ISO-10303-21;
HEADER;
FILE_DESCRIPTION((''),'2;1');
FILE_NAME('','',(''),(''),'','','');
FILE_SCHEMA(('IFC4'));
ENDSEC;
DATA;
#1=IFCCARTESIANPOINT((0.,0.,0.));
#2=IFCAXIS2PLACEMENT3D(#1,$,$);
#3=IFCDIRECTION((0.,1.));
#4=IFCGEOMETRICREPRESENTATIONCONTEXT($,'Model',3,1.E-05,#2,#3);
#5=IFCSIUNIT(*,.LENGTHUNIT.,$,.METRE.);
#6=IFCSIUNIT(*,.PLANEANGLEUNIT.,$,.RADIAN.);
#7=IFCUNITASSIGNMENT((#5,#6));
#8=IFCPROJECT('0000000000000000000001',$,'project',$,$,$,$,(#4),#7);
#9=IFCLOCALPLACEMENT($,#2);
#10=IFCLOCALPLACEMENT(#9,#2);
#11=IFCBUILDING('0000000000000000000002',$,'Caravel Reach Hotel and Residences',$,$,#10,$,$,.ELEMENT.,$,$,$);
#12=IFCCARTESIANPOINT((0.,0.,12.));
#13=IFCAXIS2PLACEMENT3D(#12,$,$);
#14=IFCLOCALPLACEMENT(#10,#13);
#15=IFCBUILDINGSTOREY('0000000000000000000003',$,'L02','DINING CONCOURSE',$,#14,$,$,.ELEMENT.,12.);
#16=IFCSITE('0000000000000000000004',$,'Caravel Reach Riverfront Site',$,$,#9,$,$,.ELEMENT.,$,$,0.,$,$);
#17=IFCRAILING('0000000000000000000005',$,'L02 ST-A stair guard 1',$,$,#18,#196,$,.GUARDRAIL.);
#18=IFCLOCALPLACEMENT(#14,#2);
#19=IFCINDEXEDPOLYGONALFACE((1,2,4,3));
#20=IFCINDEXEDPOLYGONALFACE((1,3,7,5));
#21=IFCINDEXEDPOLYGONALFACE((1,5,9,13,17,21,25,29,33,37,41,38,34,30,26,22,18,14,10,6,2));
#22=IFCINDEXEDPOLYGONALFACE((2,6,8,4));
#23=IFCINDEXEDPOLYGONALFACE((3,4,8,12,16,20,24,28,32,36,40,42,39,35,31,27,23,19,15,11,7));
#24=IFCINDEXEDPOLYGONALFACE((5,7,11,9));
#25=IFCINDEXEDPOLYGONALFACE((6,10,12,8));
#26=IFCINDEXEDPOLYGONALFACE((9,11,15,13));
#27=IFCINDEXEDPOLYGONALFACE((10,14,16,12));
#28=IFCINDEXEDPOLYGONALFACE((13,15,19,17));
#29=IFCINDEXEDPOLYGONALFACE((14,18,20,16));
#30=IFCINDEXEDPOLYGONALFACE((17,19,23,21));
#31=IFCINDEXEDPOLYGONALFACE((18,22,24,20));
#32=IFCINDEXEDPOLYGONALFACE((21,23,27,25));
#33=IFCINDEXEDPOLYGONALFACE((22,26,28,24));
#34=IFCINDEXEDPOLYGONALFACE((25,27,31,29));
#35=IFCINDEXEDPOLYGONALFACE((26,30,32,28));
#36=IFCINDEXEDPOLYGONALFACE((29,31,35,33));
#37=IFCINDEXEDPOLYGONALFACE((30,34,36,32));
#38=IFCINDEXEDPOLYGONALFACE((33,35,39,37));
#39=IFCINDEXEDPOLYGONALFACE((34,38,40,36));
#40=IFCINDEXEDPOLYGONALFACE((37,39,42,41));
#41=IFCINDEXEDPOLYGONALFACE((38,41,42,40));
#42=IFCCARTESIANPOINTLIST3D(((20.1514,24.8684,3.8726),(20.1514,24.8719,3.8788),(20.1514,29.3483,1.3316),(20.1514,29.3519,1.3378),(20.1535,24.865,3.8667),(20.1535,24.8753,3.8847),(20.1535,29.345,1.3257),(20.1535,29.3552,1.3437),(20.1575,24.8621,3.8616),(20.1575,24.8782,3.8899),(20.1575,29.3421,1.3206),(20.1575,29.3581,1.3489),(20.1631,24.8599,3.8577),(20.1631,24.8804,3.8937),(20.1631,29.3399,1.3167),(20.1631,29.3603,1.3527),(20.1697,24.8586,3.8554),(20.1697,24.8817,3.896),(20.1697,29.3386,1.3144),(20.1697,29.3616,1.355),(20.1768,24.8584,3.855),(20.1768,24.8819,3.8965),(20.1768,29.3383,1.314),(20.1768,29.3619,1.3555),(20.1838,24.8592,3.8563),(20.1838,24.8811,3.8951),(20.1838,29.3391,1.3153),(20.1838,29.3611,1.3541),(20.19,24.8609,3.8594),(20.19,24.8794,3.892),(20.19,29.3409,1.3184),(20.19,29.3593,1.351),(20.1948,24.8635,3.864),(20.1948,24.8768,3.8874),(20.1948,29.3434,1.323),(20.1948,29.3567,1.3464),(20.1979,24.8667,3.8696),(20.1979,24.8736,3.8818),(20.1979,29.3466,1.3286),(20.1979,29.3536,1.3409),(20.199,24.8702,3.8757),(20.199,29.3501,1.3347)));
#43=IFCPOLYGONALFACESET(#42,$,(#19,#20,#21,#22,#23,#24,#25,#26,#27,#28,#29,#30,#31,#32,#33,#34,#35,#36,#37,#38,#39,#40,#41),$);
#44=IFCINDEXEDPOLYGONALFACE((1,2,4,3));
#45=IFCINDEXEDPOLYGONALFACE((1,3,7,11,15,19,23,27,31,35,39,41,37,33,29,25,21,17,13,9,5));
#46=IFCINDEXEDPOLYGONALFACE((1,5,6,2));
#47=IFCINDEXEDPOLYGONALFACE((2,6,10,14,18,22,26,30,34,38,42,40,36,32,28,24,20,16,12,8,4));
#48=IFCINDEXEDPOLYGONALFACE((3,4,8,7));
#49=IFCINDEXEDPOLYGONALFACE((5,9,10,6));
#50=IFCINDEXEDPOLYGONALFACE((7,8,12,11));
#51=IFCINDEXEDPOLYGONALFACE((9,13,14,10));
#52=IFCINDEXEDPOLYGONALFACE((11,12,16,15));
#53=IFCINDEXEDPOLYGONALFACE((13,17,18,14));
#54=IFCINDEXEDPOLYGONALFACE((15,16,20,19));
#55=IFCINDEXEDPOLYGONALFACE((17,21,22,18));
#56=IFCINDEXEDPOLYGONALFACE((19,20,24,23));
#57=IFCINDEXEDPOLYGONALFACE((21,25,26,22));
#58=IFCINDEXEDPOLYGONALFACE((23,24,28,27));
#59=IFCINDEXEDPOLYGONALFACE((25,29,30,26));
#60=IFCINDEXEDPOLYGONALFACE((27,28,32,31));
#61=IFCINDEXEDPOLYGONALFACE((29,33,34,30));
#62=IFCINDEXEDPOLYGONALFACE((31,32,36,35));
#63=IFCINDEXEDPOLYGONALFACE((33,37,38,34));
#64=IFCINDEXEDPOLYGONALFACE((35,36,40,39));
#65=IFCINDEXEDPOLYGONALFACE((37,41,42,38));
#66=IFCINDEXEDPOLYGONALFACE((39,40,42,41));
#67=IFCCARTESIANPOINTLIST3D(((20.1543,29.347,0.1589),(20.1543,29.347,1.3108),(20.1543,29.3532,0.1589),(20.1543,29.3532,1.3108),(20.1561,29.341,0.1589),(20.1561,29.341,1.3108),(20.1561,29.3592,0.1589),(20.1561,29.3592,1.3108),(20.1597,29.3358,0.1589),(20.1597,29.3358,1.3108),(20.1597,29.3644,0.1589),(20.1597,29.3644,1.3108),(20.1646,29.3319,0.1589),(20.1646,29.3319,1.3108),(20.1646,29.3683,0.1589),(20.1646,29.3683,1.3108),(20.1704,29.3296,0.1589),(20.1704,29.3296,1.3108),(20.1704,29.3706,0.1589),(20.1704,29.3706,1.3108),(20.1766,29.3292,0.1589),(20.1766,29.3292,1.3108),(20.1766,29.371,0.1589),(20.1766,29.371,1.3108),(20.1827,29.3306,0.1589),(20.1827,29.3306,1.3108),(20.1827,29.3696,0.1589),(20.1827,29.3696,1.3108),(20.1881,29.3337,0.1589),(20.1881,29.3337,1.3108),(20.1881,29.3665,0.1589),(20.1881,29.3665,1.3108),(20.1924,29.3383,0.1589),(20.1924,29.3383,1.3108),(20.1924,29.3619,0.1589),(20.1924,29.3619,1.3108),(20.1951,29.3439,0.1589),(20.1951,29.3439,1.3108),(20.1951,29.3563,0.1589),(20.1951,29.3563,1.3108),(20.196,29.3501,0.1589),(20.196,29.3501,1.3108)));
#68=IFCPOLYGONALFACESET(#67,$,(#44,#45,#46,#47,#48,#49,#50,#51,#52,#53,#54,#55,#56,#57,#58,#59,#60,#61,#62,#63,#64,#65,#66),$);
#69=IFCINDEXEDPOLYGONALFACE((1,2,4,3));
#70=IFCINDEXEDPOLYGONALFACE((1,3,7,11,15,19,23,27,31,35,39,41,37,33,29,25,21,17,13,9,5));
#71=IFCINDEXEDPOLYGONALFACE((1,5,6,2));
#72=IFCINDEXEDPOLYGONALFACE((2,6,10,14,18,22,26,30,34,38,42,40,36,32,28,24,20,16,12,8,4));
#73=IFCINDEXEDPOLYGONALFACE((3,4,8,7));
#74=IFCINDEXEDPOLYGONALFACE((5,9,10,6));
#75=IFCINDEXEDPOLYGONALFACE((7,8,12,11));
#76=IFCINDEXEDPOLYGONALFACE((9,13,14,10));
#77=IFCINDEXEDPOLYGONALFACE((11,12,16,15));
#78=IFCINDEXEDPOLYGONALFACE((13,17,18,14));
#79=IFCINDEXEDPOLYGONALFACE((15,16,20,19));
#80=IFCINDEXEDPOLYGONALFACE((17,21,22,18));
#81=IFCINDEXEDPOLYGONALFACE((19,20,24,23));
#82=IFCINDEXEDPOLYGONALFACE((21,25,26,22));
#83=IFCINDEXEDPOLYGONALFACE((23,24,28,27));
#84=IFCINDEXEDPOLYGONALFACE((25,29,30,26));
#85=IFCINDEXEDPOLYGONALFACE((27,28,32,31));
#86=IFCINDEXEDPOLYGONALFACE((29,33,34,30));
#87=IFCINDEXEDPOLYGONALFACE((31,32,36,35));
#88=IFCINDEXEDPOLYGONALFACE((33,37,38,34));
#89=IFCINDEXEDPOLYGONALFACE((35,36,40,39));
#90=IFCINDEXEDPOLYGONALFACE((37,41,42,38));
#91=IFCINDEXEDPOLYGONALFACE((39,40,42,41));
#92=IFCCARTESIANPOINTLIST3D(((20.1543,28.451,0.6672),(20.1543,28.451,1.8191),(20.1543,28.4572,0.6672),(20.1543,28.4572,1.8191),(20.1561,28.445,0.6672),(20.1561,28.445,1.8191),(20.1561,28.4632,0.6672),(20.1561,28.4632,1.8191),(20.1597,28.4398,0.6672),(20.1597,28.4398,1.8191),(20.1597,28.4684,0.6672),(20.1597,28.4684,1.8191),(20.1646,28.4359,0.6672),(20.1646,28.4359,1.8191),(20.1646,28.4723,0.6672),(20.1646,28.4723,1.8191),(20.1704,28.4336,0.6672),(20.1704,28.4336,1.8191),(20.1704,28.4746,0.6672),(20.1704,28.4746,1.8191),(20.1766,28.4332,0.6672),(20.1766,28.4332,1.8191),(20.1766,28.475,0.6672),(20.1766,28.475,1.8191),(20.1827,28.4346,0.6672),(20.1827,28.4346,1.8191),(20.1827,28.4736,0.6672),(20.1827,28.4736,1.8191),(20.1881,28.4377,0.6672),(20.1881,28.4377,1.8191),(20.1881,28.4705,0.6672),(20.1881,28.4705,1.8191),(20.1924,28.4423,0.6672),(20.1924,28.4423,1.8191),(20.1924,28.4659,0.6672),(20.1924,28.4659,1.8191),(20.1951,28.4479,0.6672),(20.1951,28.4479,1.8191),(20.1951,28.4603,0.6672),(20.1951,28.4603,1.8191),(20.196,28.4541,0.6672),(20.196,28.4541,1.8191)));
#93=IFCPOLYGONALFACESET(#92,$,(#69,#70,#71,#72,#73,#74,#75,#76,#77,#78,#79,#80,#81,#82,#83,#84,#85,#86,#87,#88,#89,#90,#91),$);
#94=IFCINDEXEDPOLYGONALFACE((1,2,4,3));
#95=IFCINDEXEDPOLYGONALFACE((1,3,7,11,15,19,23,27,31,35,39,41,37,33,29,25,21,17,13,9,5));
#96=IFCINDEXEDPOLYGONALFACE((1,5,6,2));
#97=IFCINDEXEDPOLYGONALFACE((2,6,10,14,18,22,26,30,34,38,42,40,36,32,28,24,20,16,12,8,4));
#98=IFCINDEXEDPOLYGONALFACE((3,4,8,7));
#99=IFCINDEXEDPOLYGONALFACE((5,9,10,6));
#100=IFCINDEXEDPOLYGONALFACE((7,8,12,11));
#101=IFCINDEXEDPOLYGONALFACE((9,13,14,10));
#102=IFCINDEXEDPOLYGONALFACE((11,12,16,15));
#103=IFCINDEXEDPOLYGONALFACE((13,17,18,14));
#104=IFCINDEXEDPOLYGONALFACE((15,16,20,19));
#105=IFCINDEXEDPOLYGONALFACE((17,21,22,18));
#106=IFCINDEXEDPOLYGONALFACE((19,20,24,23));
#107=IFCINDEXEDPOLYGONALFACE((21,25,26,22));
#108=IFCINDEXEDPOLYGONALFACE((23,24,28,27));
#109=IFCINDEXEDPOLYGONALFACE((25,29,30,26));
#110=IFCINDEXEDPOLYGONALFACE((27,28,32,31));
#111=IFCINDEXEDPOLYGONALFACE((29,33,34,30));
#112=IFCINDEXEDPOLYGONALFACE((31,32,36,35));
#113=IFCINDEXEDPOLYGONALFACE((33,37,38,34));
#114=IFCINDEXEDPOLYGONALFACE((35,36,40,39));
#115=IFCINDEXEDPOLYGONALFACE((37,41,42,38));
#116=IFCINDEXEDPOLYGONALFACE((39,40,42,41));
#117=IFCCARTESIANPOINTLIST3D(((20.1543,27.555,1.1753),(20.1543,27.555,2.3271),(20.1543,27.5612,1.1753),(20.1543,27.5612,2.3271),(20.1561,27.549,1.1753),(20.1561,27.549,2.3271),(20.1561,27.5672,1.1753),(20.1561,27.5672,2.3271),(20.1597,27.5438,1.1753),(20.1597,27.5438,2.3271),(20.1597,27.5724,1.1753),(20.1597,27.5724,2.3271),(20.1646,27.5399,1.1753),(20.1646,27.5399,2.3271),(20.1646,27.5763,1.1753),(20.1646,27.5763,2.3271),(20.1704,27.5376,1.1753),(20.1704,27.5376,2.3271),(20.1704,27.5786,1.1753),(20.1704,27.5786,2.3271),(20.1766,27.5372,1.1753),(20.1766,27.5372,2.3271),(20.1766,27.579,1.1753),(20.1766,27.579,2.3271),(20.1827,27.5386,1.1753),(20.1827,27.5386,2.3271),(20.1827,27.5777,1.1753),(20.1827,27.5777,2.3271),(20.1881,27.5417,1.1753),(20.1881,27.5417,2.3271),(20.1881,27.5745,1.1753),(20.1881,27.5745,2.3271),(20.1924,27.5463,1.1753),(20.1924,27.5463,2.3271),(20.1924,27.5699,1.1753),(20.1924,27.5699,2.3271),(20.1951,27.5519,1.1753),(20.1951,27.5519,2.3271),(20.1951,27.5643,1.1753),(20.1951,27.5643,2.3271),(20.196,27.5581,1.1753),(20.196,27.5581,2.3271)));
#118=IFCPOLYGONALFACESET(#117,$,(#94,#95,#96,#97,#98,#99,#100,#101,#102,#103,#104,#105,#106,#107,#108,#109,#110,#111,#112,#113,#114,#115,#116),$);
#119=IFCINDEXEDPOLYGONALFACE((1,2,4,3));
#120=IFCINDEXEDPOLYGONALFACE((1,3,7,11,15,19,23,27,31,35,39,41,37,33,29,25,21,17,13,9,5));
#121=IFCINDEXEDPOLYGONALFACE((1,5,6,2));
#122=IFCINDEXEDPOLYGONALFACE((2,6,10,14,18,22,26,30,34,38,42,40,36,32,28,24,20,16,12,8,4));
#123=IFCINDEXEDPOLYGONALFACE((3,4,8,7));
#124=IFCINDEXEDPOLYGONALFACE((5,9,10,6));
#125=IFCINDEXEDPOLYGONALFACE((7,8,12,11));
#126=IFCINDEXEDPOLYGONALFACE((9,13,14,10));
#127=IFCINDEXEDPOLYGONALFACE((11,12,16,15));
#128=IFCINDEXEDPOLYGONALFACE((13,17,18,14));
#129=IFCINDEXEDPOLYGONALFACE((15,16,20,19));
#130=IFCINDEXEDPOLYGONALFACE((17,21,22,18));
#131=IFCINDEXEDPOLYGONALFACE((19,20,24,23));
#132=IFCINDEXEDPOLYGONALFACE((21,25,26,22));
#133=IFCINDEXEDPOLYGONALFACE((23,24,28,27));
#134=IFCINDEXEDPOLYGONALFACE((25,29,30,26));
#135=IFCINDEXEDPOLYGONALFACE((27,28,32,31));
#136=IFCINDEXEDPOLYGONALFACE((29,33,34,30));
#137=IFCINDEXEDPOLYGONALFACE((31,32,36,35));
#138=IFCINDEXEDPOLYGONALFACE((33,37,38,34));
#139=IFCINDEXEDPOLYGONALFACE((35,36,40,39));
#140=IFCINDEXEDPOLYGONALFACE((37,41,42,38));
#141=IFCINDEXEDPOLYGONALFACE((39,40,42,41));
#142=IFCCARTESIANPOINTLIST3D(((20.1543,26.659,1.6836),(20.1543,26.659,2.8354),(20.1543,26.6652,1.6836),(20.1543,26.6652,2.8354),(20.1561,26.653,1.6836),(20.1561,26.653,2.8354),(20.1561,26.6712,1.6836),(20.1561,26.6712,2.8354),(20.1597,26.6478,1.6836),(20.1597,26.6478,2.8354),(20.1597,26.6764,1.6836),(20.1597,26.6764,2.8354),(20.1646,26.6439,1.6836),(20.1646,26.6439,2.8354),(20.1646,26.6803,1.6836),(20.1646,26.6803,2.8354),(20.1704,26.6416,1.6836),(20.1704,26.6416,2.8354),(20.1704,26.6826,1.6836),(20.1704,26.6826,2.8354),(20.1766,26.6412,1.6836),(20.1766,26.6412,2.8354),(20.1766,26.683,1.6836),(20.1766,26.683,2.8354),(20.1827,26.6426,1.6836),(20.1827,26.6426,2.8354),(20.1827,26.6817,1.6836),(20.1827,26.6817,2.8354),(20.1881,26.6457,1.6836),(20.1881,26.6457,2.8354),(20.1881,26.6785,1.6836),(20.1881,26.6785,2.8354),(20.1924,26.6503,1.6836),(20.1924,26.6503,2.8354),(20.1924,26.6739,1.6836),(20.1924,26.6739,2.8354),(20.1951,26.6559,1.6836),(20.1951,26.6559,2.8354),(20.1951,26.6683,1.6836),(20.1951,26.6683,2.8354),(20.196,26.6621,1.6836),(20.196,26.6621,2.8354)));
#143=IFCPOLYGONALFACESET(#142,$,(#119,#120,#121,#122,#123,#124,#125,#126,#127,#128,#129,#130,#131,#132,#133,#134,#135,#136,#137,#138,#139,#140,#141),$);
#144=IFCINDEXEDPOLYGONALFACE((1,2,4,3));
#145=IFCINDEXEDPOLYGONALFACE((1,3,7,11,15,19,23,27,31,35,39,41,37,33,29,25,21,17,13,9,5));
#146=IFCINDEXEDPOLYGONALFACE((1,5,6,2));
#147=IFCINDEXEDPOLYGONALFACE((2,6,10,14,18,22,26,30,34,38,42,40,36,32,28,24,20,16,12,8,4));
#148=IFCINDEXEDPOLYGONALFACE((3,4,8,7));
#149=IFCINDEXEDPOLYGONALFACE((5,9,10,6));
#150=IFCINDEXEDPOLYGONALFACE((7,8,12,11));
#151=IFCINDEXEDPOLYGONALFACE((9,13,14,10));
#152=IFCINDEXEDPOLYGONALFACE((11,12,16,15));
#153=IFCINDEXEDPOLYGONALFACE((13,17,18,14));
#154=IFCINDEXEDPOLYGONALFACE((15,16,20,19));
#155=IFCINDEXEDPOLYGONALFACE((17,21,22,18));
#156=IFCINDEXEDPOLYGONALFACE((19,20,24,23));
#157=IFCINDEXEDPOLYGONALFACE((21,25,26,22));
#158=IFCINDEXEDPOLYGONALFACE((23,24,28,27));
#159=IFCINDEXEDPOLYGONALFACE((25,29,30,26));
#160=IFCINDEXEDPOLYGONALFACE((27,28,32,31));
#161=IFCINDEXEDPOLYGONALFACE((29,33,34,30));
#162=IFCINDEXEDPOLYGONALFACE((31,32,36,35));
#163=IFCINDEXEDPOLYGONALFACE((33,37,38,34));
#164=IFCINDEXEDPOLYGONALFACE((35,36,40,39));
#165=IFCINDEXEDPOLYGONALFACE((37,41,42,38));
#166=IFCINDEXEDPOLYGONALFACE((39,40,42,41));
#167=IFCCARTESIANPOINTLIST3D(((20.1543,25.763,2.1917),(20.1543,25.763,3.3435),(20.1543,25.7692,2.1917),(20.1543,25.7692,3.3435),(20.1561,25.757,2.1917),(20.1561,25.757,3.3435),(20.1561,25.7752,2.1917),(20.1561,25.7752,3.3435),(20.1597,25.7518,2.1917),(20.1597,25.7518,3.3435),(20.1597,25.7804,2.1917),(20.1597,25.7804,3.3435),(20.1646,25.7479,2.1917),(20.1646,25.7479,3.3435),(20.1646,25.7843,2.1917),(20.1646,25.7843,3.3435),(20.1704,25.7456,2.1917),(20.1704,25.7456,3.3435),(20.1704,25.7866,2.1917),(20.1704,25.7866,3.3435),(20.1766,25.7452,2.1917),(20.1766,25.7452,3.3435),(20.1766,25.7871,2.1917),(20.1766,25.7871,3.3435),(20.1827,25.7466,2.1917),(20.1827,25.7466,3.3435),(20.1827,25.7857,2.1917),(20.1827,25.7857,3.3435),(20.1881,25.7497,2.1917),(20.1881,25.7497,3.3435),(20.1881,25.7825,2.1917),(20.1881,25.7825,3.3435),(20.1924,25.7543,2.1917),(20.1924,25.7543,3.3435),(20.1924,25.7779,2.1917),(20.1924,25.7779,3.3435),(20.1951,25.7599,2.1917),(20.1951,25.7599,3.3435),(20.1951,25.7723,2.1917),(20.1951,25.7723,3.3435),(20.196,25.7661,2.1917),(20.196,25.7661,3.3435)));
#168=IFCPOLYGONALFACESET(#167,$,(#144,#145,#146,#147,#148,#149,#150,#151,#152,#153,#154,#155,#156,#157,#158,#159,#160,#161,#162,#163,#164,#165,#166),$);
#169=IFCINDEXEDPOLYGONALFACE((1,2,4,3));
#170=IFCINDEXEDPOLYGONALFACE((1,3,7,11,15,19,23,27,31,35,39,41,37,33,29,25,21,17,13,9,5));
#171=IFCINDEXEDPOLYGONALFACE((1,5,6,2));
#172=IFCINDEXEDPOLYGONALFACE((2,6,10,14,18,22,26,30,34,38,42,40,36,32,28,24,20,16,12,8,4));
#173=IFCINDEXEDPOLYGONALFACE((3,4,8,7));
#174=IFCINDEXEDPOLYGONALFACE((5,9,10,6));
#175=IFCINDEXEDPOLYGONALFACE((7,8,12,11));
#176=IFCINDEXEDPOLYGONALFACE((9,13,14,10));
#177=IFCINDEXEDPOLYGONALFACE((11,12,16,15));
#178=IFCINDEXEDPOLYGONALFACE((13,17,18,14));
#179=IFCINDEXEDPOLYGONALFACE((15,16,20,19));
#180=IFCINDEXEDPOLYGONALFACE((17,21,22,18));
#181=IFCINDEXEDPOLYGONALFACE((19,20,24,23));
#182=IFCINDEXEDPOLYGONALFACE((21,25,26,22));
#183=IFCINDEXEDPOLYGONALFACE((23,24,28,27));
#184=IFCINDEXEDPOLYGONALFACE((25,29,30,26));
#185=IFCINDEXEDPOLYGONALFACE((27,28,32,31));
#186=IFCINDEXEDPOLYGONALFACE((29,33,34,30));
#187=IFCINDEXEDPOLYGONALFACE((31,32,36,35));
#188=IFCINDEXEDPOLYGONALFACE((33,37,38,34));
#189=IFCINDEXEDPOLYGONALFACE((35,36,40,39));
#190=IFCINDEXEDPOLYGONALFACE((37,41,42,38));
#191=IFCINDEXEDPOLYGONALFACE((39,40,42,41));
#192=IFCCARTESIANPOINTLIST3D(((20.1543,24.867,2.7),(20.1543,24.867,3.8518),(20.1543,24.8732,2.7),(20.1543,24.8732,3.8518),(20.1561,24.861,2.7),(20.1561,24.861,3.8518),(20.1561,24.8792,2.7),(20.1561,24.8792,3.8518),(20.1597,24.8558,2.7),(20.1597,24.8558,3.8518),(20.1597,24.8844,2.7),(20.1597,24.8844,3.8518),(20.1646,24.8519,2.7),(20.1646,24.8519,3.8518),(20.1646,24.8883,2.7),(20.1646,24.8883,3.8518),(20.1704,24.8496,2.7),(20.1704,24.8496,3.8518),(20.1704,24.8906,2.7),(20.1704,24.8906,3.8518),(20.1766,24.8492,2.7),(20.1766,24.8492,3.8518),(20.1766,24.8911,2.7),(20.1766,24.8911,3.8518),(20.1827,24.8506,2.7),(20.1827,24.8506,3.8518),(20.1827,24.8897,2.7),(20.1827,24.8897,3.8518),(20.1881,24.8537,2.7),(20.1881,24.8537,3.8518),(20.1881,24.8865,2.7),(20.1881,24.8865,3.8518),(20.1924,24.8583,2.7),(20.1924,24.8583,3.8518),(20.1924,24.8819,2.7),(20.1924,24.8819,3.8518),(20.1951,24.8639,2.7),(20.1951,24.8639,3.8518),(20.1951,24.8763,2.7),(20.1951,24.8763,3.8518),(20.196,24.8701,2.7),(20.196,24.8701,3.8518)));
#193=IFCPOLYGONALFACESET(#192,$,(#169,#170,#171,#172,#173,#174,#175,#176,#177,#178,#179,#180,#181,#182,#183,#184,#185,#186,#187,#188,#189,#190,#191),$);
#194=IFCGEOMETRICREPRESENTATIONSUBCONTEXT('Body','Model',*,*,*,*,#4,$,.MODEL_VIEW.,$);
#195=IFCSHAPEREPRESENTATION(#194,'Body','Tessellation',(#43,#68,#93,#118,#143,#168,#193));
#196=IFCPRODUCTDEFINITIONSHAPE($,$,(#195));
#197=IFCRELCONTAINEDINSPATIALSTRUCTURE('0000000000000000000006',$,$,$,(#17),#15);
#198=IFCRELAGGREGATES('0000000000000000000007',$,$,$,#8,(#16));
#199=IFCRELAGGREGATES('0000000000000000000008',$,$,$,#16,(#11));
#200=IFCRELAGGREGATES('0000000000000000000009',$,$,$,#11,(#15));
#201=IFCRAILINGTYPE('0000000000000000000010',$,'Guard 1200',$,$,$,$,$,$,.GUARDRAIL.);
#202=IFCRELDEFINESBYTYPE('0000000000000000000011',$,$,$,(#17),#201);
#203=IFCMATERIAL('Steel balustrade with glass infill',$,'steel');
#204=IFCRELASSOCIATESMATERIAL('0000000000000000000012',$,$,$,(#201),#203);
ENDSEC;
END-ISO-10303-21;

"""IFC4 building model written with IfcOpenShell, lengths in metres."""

from ifc_helpers import new_model, si_unit, direction, frame, origin, origin_2d, place, context, subcontext, project, spatial, circle, extrude, material, type_object, element, save


model = new_model("IFC4")

# Units and contexts
model_context = context("Model", 3, precision=1e-05, world=origin(), true_north=direction((0.0, 1.0)))
body_context = subcontext(model_context, "Body", "Model", "MODEL_VIEW")
ifc_project = project(units=[si_unit("LENGTHUNIT", "METRE"), si_unit("PLANEANGLEUNIT", "RADIAN")], contexts=[model_context])

# Site, building, storey
site_placement = place(None, origin())
site = spatial("IfcSite", under=ifc_project, at=site_placement, Name="Caravel Reach Riverfront Site", CompositionType="ELEMENT", RefElevation=0.0)
building_placement = place(site_placement, origin())
building = spatial("IfcBuilding", under=site, at=building_placement, Name="Caravel Reach Hotel and Residences", CompositionType="ELEMENT")
storey_placement = place(building_placement, frame((0.0, 0.0, 12.0)))
storey = spatial("IfcBuildingStorey", under=building, at=storey_placement, Name="L02", Description="DINING CONCOURSE", CompositionType="ELEMENT", Elevation=12.0)

# Railing
ifc_material_1 = material(Name="Steel balustrade with glass infill", Category="steel")
railing_type_1 = type_object("IfcRailingType", Name="Guard 1200", PredefinedType="GUARDRAIL", material=ifc_material_1)
railing_1_placement = place(storey_placement, frame((20.175, 29.3501, 0.1589)))
element("IfcRailing", 1, at=railing_1_placement, inside=storey, type_object=railing_type_1, Name="L02 ST-A stair guard 1", PredefinedType="GUARDRAIL", context=body_context, shape_type="SweptSolid", body=[
    extrude(circle(Radius=0.0239, at=origin_2d()), frame((0.0, 0.0, 1.1758), z_axis=(0.0, -0.869826, 0.493359), x_axis=(1.0, 0.0, 0.0)), (0.0, 0.0, 1.0), 5.1504),
    extrude(circle(Radius=0.021, at=origin_2d()), origin(), (0.0, 0.0, 1.0), 1.1519),
    extrude(circle(Radius=0.021, at=origin_2d()), frame((0.0, -0.896, 0.5083)), (0.0, 0.0, 1.0), 1.1519),
    extrude(circle(Radius=0.021, at=origin_2d()), frame((0.0, -1.792, 1.0164)), (0.0, 0.0, 1.0), 1.1519),
    extrude(circle(Radius=0.021, at=origin_2d()), frame((0.0, -2.688, 1.5247)), (0.0, 0.0, 1.0), 1.1519),
    extrude(circle(Radius=0.021, at=origin_2d()), frame((0.0, -3.584, 2.0327)), (0.0, 0.0, 1.0), 1.1519),
    extrude(circle(Radius=0.021, at=origin_2d()), frame((0.0, -4.48, 2.541)), (0.0, 0.0, 1.0), 1.1519),
])

save(model, "model.ifc")
